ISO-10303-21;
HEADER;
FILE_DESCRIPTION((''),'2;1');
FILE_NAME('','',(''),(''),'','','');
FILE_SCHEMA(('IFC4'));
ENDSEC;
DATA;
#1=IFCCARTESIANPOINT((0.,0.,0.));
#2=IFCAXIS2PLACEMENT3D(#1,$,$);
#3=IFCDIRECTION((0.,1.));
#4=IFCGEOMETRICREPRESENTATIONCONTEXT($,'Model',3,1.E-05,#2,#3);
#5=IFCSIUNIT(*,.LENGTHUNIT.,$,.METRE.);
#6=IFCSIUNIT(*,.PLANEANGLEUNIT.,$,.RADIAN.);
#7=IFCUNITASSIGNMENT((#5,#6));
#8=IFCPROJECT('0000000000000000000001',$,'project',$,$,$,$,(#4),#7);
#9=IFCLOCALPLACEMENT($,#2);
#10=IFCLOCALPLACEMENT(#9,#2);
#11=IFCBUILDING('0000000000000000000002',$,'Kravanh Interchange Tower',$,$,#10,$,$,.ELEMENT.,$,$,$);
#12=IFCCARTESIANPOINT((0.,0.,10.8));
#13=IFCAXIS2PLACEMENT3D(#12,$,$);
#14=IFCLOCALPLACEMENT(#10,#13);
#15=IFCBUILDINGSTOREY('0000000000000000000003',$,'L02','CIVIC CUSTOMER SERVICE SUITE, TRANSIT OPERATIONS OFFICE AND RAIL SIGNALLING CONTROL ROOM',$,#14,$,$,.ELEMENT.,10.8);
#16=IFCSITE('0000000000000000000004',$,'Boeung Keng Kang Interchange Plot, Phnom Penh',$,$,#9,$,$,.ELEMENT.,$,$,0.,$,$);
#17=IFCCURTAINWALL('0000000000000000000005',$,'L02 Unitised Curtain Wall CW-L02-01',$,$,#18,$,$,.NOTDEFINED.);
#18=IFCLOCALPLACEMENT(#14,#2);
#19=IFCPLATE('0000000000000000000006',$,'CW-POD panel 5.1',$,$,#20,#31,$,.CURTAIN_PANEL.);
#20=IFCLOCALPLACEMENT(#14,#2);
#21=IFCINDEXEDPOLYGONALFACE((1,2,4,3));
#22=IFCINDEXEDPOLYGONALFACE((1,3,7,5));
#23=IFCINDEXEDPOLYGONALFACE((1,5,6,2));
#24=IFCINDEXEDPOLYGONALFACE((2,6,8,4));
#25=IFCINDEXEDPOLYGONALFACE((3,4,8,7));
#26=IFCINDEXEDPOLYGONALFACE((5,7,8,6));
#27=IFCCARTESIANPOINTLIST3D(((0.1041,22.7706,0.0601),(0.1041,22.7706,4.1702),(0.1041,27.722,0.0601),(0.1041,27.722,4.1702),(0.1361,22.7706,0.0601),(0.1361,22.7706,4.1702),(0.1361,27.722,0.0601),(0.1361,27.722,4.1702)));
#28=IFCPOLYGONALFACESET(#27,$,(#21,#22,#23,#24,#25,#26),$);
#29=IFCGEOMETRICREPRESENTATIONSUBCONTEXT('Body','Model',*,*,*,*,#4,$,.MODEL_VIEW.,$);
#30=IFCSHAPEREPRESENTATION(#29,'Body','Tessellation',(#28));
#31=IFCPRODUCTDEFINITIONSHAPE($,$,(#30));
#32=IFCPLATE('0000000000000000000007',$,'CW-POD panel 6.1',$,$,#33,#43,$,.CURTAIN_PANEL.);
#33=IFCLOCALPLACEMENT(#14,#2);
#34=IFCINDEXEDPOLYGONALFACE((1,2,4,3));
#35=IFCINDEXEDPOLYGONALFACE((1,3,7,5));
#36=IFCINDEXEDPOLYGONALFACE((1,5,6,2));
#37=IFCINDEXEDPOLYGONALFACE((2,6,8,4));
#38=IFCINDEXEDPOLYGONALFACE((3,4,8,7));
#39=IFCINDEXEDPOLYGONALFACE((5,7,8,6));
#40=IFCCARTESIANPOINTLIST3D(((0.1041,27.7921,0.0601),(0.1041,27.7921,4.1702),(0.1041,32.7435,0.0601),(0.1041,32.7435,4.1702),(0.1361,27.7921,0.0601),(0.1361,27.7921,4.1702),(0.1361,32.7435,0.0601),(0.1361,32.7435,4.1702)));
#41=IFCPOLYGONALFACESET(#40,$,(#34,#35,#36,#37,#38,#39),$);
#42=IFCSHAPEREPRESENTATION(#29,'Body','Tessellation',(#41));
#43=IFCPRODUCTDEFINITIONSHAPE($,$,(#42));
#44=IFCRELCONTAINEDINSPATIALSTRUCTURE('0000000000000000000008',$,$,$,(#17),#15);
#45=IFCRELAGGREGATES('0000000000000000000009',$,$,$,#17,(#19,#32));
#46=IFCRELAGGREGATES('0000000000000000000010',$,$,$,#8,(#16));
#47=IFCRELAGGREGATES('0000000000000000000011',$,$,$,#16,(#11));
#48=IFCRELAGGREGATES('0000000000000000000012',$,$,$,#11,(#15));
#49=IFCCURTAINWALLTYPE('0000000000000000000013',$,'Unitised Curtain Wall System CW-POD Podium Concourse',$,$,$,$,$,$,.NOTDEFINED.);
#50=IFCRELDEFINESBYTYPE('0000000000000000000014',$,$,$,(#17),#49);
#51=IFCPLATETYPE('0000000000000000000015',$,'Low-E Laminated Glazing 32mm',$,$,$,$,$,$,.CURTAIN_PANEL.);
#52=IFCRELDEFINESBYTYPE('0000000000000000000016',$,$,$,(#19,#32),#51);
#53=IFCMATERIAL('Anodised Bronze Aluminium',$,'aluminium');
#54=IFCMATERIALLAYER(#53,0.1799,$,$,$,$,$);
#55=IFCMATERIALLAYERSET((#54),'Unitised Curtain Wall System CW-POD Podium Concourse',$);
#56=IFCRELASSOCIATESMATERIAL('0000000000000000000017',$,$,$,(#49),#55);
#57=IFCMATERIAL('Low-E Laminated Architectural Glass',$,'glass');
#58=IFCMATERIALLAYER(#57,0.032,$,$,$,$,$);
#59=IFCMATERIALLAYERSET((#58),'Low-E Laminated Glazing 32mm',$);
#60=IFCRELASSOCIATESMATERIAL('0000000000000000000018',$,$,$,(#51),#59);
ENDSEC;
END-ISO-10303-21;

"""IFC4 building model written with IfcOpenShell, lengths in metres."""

from ifc_helpers import new_model, si_unit, direction, frame, origin, origin_2d, place, context, subcontext, project, spatial, rectangle, extrude, material, layer, layer_set, type_object, element, aggregate, save


model = new_model("IFC4")

# Units and contexts
model_context = context("Model", 3, precision=1e-05, world=origin(), true_north=direction((0.0, 1.0)))
body_context = subcontext(model_context, "Body", "Model", "MODEL_VIEW")
ifc_project = project(units=[si_unit("LENGTHUNIT", "METRE"), si_unit("PLANEANGLEUNIT", "RADIAN")], contexts=[model_context])

# Site, building, storey
site_placement = place(None, origin())
site = spatial("IfcSite", under=ifc_project, at=site_placement, Name="Boeung Keng Kang Interchange Plot, Phnom Penh", CompositionType="ELEMENT", RefElevation=0.0)
building_placement = place(site_placement, origin())
building = spatial("IfcBuilding", under=site, at=building_placement, Name="Kravanh Interchange Tower", CompositionType="ELEMENT")
storey_placement = place(building_placement, frame((0.0, 0.0, 10.8)))
storey = spatial("IfcBuildingStorey", under=building, at=storey_placement, Name="L02", Description="CIVIC CUSTOMER SERVICE SUITE, TRANSIT OPERATIONS OFFICE AND RAIL SIGNALLING CONTROL ROOM", CompositionType="ELEMENT", Elevation=10.8)

# Curtain wall
ifc_material_1 = material(Name="Anodised Bronze Aluminium", Category="aluminium")
ifc_layer_1 = layer(ifc_material_1, 0.1799)
ifc_layer_set_1 = layer_set([ifc_layer_1], Name="Unitised Curtain Wall System CW-POD Podium Concourse")
curtain_wall_type = type_object("IfcCurtainWallType", Name="Unitised Curtain Wall System CW-POD Podium Concourse", PredefinedType="NOTDEFINED", material=ifc_layer_set_1)
curtain_wall_placement = place(storey_placement, origin())
curtain_wall = element("IfcCurtainWall", 1, at=curtain_wall_placement, inside=storey, type_object=curtain_wall_type, Name="L02 Unitised Curtain Wall CW-L02-01", PredefinedType="NOTDEFINED")

# Plates
ifc_material_2 = material(Name="Low-E Laminated Architectural Glass", Category="glass")
ifc_layer_2 = layer(ifc_material_2, 0.032)
ifc_layer_set_2 = layer_set([ifc_layer_2], Name="Low-E Laminated Glazing 32mm")
plate_type = type_object("IfcPlateType", Name="Low-E Laminated Glazing 32mm", PredefinedType="CURTAIN_PANEL", material=ifc_layer_set_2)
plate_1_placement = place(storey_placement, frame((0.1201, 25.2463, 0.0601), z_axis=(0.0, 0.0, 1.0), x_axis=(0.0, 1.0, 0.0)))
plate_1 = element("IfcPlate", 2, at=plate_1_placement, type_object=plate_type, Name="CW-POD panel 5.1", PredefinedType="CURTAIN_PANEL", context=body_context, shape_type="SweptSolid", body=[
    extrude(rectangle(XDim=4.9514, YDim=0.032, at=origin_2d()), origin(), (0.0, 0.0, 1.0), 4.1101),
])
plate_2_placement = place(storey_placement, frame((0.1201, 30.2678, 0.0601), z_axis=(0.0, 0.0, 1.0), x_axis=(0.0, 1.0, 0.0)))
plate_2 = element("IfcPlate", 3, at=plate_2_placement, type_object=plate_type, Name="CW-POD panel 6.1", PredefinedType="CURTAIN_PANEL", context=body_context, shape_type="SweptSolid", body=[
    extrude(rectangle(XDim=4.9514, YDim=0.032, at=origin_2d()), origin(), (0.0, 0.0, 1.0), 4.1101),
])
aggregate(curtain_wall, [plate_1, plate_2])

save(model, "model.ifc")
